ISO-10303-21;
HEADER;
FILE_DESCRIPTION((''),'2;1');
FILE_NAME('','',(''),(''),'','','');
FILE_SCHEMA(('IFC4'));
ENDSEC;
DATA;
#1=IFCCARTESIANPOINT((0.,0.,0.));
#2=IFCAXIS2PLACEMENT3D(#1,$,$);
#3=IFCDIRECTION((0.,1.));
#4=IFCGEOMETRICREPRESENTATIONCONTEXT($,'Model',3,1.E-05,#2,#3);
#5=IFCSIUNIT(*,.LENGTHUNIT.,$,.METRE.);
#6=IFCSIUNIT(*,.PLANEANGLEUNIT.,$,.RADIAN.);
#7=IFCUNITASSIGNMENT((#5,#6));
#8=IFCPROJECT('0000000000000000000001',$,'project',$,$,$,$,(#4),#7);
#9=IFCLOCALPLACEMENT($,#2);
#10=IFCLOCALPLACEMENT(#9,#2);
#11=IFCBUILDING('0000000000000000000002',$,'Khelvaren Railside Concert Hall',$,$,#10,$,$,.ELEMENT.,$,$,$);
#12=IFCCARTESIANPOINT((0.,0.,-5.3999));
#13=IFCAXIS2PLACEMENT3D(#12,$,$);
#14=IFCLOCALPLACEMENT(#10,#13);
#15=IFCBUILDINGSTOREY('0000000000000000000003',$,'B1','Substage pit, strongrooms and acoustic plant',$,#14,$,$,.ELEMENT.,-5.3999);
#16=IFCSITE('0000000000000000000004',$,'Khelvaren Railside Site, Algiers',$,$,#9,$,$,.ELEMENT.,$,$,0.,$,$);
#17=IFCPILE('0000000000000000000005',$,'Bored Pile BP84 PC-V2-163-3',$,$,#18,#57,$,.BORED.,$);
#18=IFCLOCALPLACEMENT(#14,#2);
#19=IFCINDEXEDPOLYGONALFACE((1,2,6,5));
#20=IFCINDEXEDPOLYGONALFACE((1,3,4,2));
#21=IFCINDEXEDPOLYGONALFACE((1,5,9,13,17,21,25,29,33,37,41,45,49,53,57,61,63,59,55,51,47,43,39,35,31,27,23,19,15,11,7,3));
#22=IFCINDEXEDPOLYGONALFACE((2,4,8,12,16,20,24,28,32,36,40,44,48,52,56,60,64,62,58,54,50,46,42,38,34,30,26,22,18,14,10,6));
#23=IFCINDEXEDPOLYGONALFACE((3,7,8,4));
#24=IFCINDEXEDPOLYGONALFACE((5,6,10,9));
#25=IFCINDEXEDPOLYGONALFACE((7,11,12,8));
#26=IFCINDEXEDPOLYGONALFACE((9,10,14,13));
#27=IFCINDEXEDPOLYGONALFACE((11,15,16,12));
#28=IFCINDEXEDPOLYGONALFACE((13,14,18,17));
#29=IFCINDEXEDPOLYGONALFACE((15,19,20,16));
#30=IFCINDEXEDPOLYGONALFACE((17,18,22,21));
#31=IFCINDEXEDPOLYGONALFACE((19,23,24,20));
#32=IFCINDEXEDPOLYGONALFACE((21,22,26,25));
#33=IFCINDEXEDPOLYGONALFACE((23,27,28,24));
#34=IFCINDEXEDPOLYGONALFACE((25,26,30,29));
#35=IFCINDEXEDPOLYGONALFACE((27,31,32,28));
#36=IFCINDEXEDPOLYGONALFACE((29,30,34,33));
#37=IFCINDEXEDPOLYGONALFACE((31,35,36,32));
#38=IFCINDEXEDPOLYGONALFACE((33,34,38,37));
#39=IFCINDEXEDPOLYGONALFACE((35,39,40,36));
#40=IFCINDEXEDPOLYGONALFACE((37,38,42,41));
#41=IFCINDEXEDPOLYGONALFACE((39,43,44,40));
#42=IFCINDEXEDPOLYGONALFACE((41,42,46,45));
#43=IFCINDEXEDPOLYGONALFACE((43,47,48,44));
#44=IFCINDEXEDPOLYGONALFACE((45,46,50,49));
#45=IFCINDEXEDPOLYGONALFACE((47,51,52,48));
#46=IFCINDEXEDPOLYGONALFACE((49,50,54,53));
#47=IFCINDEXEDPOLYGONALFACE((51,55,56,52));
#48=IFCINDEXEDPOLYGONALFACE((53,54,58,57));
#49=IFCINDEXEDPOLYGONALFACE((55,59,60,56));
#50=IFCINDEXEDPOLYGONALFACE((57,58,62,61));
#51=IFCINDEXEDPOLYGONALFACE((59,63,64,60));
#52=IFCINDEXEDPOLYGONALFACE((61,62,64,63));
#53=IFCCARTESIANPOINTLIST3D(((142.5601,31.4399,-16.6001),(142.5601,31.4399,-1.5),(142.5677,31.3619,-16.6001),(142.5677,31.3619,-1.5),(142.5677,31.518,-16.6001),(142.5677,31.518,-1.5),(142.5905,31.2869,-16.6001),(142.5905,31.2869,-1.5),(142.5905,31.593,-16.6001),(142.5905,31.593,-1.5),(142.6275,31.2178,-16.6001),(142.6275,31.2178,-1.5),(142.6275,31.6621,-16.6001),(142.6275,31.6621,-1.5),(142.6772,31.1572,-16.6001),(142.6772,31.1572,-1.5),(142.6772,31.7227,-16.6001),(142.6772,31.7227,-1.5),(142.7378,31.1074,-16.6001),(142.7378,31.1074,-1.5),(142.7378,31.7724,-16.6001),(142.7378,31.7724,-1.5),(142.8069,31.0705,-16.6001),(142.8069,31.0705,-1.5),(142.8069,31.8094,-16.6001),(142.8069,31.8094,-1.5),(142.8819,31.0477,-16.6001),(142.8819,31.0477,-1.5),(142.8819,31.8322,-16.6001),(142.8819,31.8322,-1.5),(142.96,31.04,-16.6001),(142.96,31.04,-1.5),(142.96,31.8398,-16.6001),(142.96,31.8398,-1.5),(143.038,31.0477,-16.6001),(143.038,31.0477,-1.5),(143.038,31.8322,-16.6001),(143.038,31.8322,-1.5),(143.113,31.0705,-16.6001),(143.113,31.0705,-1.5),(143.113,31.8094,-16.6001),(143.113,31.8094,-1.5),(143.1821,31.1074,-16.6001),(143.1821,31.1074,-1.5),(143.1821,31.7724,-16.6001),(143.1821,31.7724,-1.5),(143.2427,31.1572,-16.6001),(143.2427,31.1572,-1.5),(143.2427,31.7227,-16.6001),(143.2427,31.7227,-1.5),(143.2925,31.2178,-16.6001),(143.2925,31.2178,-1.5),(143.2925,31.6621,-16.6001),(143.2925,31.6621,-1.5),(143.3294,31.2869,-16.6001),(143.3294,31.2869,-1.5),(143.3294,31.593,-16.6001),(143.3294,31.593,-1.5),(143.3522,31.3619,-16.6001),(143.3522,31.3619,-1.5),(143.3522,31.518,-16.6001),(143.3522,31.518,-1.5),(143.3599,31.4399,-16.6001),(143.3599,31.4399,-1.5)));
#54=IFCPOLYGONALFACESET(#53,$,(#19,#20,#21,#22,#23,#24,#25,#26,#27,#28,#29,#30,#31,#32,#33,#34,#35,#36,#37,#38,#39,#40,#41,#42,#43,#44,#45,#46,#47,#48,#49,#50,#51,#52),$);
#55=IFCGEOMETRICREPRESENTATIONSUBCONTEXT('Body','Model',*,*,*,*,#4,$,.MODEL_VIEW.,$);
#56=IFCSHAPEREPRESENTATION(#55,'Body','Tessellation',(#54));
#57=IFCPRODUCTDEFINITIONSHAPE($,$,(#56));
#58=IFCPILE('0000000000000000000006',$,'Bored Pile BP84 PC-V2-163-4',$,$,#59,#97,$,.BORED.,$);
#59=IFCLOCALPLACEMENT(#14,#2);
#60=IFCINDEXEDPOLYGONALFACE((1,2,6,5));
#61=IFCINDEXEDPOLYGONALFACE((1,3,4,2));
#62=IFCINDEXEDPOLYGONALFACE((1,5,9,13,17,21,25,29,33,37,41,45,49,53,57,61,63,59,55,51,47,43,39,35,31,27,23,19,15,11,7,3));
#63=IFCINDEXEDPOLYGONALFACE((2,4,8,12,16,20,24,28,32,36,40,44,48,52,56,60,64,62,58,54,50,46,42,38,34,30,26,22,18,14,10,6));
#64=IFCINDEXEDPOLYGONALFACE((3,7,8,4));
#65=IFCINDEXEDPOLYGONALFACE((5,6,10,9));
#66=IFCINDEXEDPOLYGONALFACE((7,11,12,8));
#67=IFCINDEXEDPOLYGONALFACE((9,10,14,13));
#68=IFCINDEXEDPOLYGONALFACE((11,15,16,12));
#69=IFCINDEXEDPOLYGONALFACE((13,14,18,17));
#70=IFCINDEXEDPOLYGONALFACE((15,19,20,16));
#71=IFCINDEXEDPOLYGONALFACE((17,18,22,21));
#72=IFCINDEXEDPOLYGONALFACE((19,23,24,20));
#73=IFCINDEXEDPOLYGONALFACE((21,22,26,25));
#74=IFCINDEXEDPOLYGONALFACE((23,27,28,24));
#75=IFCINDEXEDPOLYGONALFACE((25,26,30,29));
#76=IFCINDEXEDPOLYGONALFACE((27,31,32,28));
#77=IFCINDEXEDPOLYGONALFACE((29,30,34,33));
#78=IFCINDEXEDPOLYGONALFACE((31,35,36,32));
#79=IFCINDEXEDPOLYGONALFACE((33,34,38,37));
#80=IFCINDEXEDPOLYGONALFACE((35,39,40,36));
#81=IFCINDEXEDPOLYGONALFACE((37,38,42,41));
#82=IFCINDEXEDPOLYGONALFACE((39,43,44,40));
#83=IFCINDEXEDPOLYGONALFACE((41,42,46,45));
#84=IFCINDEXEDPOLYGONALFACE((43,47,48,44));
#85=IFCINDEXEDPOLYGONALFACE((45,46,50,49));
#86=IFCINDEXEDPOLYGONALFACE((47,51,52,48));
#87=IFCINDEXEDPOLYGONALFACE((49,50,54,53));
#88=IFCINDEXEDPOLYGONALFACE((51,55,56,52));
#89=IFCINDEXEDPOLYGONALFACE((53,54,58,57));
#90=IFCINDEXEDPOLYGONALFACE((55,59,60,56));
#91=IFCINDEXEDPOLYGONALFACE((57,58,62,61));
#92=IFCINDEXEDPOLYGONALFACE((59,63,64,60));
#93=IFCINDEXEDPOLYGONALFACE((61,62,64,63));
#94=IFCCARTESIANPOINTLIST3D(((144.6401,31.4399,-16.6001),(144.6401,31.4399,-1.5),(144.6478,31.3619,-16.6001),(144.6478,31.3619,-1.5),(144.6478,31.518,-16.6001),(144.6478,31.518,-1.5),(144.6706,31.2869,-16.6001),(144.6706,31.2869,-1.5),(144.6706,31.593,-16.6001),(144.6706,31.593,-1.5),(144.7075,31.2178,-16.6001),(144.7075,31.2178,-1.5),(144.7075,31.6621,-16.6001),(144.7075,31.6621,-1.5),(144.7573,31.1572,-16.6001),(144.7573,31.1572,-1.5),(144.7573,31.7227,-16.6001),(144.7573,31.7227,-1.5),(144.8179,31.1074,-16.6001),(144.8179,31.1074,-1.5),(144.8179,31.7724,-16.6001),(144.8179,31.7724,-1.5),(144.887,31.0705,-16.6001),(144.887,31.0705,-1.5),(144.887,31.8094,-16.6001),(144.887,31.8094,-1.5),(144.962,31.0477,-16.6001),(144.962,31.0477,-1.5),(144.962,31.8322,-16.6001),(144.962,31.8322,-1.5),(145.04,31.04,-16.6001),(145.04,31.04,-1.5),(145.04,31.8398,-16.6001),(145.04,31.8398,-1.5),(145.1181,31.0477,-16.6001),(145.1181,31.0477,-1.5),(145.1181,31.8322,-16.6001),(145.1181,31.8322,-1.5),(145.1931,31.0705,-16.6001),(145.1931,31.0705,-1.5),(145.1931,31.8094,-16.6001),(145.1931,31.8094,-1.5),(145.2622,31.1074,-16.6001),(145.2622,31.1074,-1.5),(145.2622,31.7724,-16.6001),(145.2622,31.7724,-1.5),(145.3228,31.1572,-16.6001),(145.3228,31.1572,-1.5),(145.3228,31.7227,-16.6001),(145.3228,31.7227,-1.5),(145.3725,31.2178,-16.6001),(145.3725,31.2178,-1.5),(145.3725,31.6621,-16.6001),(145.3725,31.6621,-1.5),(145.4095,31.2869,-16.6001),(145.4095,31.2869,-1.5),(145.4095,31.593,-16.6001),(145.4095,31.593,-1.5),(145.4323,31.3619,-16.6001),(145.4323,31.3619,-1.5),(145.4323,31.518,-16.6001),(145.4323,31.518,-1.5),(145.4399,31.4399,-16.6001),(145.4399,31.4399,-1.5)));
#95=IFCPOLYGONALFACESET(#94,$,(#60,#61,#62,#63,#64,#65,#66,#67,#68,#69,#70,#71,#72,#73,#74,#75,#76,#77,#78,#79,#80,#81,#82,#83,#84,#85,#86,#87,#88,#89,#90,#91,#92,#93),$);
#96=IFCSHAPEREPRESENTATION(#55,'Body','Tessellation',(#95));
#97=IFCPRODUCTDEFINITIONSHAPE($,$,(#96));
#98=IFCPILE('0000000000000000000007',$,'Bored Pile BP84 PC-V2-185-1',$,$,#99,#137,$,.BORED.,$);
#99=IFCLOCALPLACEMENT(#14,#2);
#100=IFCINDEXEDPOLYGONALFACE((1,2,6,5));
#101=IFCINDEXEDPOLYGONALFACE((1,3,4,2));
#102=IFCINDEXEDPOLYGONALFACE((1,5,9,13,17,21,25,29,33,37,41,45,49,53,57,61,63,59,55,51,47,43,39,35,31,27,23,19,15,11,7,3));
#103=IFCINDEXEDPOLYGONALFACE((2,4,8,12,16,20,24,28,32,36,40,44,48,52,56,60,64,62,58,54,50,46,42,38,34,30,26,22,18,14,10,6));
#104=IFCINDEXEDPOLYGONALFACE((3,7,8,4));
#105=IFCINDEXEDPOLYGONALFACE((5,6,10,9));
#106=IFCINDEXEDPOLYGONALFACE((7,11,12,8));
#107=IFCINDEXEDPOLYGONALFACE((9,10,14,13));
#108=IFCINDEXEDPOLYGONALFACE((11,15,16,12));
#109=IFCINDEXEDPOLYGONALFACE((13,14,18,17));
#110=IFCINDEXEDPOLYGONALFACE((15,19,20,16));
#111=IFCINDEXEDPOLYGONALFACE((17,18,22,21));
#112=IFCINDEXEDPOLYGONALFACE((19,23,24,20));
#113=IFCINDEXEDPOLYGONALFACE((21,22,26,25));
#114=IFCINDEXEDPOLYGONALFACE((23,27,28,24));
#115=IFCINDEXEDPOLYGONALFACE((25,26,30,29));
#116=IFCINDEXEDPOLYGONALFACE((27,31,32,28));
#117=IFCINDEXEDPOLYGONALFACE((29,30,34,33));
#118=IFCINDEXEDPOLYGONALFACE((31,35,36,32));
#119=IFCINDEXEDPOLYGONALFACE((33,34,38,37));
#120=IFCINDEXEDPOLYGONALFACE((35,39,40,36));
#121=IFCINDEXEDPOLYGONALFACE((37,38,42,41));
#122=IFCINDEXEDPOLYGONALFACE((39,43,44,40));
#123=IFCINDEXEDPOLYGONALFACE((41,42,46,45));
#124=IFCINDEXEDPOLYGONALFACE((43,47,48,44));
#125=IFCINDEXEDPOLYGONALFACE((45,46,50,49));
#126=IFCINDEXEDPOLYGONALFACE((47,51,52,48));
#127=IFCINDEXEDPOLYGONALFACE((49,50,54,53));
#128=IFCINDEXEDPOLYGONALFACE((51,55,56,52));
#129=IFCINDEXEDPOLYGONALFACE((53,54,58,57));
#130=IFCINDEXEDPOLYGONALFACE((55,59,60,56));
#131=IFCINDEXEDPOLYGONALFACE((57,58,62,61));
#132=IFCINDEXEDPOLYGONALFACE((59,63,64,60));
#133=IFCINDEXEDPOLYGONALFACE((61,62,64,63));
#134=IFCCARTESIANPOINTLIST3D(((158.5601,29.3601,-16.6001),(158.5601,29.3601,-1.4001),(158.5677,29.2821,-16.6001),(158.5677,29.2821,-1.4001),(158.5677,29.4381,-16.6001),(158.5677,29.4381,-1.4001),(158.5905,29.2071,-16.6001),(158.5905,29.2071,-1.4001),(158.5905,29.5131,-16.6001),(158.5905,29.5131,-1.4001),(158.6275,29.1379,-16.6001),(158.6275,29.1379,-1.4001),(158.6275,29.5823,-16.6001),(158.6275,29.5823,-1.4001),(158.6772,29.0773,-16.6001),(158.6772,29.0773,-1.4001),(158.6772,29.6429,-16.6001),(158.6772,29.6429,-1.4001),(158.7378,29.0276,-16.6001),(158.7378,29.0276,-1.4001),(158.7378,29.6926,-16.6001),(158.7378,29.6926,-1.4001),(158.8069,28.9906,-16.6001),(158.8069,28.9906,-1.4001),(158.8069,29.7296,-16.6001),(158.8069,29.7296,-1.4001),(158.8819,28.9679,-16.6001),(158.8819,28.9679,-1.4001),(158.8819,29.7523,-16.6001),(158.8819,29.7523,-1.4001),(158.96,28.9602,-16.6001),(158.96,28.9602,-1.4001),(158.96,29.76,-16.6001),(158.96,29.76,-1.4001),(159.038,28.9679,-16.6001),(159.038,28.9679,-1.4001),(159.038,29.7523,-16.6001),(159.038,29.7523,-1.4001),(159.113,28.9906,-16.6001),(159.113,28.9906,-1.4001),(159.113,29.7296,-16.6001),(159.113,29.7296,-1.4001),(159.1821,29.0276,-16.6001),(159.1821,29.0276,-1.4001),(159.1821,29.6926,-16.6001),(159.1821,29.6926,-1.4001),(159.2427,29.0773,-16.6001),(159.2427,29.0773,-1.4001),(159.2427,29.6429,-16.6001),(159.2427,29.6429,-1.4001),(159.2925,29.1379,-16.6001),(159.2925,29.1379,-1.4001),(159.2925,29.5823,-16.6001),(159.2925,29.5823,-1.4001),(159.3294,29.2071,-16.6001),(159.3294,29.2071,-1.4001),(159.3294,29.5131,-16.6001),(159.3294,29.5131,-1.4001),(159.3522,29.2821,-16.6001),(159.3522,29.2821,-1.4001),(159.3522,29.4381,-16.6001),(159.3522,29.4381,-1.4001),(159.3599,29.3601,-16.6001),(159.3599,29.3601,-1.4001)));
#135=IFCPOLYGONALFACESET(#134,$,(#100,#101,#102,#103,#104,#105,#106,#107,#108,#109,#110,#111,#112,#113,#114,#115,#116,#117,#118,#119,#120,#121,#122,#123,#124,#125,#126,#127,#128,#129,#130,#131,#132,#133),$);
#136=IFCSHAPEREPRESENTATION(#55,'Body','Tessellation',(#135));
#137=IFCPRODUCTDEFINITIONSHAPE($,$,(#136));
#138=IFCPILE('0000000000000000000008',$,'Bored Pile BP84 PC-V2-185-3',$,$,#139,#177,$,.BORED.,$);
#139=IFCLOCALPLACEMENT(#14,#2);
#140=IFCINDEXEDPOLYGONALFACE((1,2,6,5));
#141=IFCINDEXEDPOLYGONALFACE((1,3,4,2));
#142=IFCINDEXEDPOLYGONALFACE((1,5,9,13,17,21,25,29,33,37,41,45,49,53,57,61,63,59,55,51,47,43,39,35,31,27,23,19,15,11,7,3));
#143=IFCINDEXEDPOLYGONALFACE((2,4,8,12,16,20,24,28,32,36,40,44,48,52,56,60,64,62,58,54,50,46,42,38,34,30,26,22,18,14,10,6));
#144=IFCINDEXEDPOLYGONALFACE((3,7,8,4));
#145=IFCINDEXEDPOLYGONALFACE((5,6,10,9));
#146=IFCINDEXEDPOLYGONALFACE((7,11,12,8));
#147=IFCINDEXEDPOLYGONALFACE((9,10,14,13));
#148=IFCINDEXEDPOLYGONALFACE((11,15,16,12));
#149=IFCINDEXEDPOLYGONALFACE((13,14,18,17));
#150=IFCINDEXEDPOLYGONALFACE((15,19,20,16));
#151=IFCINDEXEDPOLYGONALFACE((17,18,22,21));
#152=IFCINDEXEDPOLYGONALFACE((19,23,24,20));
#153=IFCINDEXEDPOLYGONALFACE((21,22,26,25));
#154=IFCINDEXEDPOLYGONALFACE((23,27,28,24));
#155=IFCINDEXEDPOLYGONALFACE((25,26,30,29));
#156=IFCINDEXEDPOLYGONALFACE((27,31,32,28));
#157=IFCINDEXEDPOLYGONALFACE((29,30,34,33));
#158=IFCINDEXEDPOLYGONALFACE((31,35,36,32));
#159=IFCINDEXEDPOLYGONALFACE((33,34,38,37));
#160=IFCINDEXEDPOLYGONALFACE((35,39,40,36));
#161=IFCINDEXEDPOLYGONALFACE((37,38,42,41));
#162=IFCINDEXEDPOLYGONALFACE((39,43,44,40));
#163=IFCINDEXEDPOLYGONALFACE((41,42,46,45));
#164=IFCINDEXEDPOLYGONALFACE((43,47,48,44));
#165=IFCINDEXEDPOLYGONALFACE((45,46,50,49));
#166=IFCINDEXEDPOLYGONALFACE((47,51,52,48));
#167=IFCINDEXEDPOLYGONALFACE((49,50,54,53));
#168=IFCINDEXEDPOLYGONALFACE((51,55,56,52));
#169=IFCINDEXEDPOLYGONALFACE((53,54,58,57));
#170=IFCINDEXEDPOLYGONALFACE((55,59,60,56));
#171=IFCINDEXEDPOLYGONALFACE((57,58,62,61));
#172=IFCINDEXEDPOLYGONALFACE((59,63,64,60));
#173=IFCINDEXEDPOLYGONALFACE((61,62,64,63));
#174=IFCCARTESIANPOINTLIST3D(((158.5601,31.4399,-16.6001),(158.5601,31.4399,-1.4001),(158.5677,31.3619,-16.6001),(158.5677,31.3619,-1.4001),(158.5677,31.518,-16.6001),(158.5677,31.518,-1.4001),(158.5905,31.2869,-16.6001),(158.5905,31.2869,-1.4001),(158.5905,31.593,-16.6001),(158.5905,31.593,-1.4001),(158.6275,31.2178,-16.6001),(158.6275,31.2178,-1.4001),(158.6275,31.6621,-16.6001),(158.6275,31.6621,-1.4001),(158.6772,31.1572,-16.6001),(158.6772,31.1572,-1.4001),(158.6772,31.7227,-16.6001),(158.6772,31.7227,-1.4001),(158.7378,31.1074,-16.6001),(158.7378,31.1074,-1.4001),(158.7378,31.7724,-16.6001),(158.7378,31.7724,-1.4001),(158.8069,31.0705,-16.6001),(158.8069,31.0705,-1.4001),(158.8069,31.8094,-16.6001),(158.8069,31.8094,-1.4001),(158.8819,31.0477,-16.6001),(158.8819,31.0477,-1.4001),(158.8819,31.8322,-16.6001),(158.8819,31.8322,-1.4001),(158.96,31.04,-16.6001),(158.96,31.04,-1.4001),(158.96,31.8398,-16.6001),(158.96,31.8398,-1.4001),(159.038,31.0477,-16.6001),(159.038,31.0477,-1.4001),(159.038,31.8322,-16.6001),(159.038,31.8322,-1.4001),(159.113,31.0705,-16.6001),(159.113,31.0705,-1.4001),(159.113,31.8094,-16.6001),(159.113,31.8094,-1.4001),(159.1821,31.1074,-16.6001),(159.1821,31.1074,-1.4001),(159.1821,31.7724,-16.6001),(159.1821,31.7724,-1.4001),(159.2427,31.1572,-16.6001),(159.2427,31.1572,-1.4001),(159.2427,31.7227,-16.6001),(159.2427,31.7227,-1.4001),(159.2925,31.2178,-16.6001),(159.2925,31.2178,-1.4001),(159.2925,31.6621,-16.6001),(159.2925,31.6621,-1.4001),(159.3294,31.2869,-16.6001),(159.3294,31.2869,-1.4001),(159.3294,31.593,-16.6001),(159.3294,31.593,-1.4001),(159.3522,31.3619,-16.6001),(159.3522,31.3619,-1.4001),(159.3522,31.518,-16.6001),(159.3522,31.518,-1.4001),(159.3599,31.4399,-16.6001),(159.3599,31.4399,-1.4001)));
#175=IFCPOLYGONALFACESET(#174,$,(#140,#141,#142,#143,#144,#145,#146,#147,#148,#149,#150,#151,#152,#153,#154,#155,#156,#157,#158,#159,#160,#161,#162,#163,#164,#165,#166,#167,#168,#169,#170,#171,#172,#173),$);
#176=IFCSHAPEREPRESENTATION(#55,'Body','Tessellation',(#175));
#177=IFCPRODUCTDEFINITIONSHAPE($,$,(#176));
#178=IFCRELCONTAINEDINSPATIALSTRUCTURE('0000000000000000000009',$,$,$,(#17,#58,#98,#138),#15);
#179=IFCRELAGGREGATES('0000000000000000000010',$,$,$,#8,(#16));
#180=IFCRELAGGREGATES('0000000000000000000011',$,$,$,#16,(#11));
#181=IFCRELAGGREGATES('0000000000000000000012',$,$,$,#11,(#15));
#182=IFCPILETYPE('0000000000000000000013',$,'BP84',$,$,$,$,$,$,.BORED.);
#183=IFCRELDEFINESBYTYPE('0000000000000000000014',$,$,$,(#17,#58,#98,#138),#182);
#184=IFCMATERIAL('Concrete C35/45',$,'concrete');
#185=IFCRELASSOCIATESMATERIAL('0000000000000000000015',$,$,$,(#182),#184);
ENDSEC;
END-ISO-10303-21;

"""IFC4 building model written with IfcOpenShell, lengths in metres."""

from ifc_helpers import new_model, si_unit, direction, frame, origin, origin_2d, place, context, subcontext, project, spatial, circle, extrude, material, material_profile, profile_set, type_object, element, save


model = new_model("IFC4")

# Units and contexts
model_context = context("Model", 3, precision=1e-05, world=origin(), true_north=direction((0.0, 1.0)))
body_context = subcontext(model_context, "Body", "Model", "MODEL_VIEW")
ifc_project = project(units=[si_unit("LENGTHUNIT", "METRE"), si_unit("PLANEANGLEUNIT", "RADIAN")], contexts=[model_context])

# Site, building, storey
site_placement = place(None, origin())
site = spatial("IfcSite", under=ifc_project, at=site_placement, Name="Khelvaren Railside Site, Algiers", CompositionType="ELEMENT", RefElevation=0.0)
building_placement = place(site_placement, origin())
building = spatial("IfcBuilding", under=site, at=building_placement, Name="Khelvaren Railside Concert Hall", CompositionType="ELEMENT")
storey_placement = place(building_placement, frame((0.0, 0.0, -5.3999)))
storey = spatial("IfcBuildingStorey", under=building, at=storey_placement, Name="B1", Description="Substage pit, strongrooms and acoustic plant", CompositionType="ELEMENT", Elevation=-5.3999)

# Piles
ifc_material_1 = material(Name="Concrete C35/45", Category="concrete")
ifc_material_profile_1 = material_profile(ifc_material_1, circle(Radius=0.3999, at=origin_2d()), Name="BP D800")
ifc_profile_set_1 = profile_set([ifc_material_profile_1], Name="Concrete C35/45")
pile_type_1 = type_object("IfcPileType", Name="BP84", PredefinedType="BORED", material=ifc_profile_set_1)
for number, where, z_axis, x_axis, name in (
    (1, (142.96, 31.4399, -1.5), (0.0, 0.0, -1.0), (1.0, 0.0, 0.0), "Bored Pile BP84 PC-V2-163-3"),
    (2, (145.04, 31.4399, -1.5), (0.0, 0.0, -1.0), (1.0, 0.0, 0.0), "Bored Pile BP84 PC-V2-163-4"),
):
    element("IfcPile", number, at=place(storey_placement, frame(where, z_axis=z_axis, x_axis=x_axis)), inside=storey, type_object=pile_type_1, Name=name, PredefinedType="BORED", context=body_context, shape_type="SweptSolid", body=[
        extrude(circle(Radius=0.3999, at=origin_2d()), origin(), (0.0, 0.0, 1.0), 15.1001),
    ])
for number, where, z_axis, x_axis, name in (
    (3, (158.96, 29.3601, -1.4001), (0.0, 0.0, -1.0), (1.0, 0.0, 0.0), "Bored Pile BP84 PC-V2-185-1"),
    (4, (158.96, 31.4399, -1.4001), (0.0, 0.0, -1.0), (1.0, 0.0, 0.0), "Bored Pile BP84 PC-V2-185-3"),
):
    element("IfcPile", number, at=place(storey_placement, frame(where, z_axis=z_axis, x_axis=x_axis)), inside=storey, type_object=pile_type_1, Name=name, PredefinedType="BORED", context=body_context, shape_type="SweptSolid", body=[
        extrude(circle(Radius=0.3999, at=origin_2d()), origin(), (0.0, 0.0, 1.0), 15.2),
    ])

save(model, "model.ifc")
